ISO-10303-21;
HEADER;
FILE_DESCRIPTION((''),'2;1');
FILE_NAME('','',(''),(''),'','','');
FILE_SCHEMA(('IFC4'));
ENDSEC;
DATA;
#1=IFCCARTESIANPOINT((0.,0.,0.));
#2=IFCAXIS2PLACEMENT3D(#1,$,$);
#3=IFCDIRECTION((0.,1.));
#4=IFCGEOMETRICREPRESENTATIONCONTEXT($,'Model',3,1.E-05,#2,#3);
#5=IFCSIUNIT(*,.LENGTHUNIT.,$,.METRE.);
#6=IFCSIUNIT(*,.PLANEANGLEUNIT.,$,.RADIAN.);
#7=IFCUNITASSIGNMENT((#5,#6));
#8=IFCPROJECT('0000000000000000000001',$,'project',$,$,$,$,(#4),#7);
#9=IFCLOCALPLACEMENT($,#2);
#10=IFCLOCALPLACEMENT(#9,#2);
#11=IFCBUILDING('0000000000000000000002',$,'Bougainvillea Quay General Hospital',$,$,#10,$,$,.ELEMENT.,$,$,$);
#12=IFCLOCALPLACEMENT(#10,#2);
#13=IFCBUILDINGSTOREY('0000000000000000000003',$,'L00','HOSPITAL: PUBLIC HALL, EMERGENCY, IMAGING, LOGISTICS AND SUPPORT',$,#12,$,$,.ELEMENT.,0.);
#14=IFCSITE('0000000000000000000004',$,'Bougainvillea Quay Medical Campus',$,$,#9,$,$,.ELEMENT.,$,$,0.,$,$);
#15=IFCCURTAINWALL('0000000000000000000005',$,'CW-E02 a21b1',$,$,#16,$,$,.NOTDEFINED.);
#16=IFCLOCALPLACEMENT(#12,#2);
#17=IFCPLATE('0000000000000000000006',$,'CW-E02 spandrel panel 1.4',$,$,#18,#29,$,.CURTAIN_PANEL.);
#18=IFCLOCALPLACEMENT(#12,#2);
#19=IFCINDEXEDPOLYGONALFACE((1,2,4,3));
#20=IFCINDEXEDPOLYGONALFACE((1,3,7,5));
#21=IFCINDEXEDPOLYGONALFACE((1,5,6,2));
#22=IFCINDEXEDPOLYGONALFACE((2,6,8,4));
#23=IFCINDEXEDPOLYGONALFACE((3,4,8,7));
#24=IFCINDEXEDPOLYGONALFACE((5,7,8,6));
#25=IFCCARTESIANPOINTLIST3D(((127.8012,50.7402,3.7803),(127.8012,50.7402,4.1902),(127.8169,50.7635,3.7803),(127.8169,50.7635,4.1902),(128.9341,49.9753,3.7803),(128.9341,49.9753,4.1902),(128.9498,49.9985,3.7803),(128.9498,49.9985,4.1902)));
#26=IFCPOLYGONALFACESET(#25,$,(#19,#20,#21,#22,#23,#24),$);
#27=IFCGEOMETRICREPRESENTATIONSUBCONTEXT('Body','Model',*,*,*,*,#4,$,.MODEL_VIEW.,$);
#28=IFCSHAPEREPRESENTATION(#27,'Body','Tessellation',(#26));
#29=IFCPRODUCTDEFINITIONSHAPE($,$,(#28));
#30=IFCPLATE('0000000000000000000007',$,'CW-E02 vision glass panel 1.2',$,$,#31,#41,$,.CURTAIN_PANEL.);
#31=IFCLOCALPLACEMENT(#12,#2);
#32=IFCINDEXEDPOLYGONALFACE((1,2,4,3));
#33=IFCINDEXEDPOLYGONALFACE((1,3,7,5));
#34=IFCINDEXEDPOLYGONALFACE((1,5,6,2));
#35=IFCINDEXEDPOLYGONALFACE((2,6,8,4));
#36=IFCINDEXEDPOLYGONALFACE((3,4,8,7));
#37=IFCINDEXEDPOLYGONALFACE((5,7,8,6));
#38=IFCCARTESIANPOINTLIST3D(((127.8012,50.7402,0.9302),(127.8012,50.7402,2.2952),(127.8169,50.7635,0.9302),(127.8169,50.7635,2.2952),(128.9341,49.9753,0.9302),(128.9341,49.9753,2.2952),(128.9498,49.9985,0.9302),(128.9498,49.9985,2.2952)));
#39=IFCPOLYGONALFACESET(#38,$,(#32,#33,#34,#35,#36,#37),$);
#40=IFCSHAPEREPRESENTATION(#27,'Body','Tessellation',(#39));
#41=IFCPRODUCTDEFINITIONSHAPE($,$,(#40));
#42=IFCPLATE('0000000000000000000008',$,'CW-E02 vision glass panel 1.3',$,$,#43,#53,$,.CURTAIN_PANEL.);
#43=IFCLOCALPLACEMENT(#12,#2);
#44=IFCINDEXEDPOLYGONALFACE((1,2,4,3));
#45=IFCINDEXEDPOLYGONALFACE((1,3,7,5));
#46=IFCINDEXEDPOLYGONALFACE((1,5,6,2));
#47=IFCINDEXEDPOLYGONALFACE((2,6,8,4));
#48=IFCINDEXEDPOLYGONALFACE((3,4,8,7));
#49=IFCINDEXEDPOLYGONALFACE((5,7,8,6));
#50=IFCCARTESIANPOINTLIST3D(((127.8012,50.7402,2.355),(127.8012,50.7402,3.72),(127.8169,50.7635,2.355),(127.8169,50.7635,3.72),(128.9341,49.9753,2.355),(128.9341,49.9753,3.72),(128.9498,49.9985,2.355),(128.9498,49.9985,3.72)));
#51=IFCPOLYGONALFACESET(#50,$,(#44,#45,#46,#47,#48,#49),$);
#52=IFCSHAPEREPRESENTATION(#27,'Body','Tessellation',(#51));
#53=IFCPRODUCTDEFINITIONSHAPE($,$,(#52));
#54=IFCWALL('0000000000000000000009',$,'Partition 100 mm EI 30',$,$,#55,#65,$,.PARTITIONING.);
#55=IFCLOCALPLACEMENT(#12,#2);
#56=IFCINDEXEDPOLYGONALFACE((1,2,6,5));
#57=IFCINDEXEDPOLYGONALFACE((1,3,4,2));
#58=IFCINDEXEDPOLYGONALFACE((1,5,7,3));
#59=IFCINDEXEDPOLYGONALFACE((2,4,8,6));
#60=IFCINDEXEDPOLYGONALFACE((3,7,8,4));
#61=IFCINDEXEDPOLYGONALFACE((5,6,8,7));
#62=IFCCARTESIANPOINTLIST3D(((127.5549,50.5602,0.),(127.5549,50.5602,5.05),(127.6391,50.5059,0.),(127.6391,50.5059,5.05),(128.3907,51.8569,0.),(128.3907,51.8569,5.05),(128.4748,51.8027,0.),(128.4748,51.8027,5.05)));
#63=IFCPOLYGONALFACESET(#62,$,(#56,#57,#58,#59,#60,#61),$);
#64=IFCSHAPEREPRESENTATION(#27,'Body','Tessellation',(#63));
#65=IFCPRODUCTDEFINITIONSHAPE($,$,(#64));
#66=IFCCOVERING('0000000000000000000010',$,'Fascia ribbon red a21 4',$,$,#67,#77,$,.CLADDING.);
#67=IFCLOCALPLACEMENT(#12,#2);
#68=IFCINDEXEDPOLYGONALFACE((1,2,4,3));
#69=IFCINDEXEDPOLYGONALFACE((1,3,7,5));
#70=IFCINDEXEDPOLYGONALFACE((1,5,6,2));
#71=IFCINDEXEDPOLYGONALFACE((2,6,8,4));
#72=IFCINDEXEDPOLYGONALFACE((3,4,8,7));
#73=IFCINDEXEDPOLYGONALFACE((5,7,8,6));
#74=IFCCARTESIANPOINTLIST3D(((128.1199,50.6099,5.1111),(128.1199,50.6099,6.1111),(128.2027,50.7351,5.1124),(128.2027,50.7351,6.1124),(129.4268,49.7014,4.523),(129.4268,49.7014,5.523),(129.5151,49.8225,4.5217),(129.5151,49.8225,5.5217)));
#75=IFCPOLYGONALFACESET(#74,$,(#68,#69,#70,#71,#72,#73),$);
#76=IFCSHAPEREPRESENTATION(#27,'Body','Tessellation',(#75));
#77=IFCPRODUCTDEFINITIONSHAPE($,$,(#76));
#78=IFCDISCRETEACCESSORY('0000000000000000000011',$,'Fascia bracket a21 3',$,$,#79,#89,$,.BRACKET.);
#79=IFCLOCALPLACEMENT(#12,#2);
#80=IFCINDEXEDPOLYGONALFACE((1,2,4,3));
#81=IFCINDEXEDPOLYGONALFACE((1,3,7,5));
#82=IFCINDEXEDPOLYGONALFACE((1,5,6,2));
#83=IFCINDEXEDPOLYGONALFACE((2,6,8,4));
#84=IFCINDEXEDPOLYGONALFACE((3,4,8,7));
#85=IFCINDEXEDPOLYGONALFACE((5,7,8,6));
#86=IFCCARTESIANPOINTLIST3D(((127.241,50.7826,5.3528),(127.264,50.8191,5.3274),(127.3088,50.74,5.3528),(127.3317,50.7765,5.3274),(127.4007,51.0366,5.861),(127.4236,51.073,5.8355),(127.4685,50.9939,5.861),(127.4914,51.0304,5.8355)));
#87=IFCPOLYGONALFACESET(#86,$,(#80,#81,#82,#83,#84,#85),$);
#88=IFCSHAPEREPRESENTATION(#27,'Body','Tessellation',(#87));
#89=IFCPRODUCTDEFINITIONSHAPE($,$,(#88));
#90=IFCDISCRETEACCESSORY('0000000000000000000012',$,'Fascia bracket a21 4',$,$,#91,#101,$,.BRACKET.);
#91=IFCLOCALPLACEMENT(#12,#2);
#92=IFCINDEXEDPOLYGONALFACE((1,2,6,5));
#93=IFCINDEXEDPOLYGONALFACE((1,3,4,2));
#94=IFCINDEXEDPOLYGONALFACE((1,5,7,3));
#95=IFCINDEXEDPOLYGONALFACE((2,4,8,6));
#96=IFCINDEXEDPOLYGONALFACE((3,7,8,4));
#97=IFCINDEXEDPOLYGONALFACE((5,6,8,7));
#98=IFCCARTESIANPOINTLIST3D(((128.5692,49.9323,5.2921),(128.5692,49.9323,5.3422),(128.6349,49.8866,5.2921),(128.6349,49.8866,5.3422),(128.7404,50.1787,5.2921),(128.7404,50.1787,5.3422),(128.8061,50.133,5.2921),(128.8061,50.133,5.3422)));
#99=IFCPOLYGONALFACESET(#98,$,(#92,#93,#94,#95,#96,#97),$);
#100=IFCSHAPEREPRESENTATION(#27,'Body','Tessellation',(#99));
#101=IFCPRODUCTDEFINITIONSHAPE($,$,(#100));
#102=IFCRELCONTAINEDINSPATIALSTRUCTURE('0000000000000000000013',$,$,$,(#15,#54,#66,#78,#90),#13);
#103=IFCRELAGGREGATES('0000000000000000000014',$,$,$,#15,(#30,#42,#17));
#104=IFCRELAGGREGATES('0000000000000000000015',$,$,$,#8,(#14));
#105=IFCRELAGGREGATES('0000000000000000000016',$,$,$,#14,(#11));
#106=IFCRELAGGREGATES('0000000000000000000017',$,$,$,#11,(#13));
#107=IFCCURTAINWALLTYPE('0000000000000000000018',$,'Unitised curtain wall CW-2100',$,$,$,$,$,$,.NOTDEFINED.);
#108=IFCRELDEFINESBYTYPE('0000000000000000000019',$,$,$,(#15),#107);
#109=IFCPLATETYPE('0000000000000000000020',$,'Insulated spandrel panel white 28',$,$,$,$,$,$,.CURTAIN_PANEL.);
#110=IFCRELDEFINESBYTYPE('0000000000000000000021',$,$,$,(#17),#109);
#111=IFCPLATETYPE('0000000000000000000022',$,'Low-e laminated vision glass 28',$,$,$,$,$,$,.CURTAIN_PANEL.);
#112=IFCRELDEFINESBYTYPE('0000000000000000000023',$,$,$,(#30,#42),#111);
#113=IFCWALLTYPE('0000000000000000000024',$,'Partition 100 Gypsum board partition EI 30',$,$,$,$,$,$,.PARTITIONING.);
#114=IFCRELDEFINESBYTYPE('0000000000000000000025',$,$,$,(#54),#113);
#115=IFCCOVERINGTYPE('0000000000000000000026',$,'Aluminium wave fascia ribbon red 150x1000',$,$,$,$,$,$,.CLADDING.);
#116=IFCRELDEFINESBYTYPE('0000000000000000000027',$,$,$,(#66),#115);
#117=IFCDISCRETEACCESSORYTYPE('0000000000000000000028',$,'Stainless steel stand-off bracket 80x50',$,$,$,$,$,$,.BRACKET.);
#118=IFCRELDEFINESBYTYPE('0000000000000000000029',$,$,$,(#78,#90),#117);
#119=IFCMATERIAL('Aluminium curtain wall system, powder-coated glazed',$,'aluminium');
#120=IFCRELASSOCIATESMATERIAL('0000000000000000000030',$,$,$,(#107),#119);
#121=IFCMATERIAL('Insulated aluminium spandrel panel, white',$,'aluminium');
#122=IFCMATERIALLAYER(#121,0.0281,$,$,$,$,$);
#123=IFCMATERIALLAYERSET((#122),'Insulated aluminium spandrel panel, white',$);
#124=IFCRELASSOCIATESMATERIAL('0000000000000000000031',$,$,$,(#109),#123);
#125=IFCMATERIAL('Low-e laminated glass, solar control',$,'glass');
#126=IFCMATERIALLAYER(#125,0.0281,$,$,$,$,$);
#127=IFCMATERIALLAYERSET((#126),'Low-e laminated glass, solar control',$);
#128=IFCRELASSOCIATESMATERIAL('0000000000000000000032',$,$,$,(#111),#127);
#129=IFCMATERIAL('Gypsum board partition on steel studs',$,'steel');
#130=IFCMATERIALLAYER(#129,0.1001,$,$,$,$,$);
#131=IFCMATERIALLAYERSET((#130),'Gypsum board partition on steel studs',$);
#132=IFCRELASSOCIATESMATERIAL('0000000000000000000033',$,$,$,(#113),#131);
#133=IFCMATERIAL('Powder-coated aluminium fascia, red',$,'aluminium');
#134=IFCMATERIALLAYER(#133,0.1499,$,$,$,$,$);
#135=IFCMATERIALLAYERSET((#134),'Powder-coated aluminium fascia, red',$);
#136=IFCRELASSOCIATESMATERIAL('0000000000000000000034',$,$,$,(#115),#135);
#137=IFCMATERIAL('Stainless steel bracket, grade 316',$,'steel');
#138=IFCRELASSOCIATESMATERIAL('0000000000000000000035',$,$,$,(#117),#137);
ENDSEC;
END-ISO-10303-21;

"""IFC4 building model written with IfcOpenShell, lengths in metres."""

from ifc_helpers import new_model, si_unit, direction, frame, frame_2d, origin, origin_2d, place, context, subcontext, project, spatial, polyline, rectangle, outline, extrude, material, layer, layer_set, material_profile, profile_set, type_object, element, aggregate, save


model = new_model("IFC4")

# Units and contexts
model_context = context("Model", 3, precision=1e-05, world=origin(), true_north=direction((0.0, 1.0)))
body_context = subcontext(model_context, "Body", "Model", "MODEL_VIEW")
ifc_project = project(units=[si_unit("LENGTHUNIT", "METRE"), si_unit("PLANEANGLEUNIT", "RADIAN")], contexts=[model_context])

# Site, building, storey
site_placement = place(None, origin())
site = spatial("IfcSite", under=ifc_project, at=site_placement, Name="Bougainvillea Quay Medical Campus", CompositionType="ELEMENT", RefElevation=0.0)
building_placement = place(site_placement, origin())
building = spatial("IfcBuilding", under=site, at=building_placement, Name="Bougainvillea Quay General Hospital", CompositionType="ELEMENT")
storey_placement = place(building_placement, origin())
storey = spatial("IfcBuildingStorey", under=building, at=storey_placement, Name="L00", Description="HOSPITAL: PUBLIC HALL, EMERGENCY, IMAGING, LOGISTICS AND SUPPORT", CompositionType="ELEMENT", Elevation=0.0)

# Shared definitions
ifc_material_1 = material(Name="Aluminium curtain wall system, powder-coated glazed", Category="aluminium")
curtain_wall_type = type_object("IfcCurtainWallType", Name="Unitised curtain wall CW-2100", PredefinedType="NOTDEFINED", material=ifc_material_1)

# Curtain wall, plates
curtain_wall_1_placement = place(storey_placement, origin())
curtain_wall_1 = element("IfcCurtainWall", 1, at=curtain_wall_1_placement, inside=storey, type_object=curtain_wall_type, Name="CW-E02 a21b1", PredefinedType="NOTDEFINED")
ifc_material_2 = material(Name="Insulated aluminium spandrel panel, white", Category="aluminium")
ifc_layer_1 = layer(ifc_material_2, 0.0281)
ifc_layer_set_1 = layer_set([ifc_layer_1], Name="Insulated aluminium spandrel panel, white")
plate_type_1 = type_object("IfcPlateType", Name="Insulated spandrel panel white 28", PredefinedType="CURTAIN_PANEL", material=ifc_layer_set_1)
plate_1_placement = place(storey_placement, frame((128.3755, 50.3694, 3.7803), z_axis=(0.0, 0.0, 1.0), x_axis=(0.828738, -0.559637, 0.0)))
plate_1 = element("IfcPlate", 2, at=plate_1_placement, type_object=plate_type_1, Name="CW-E02 spandrel panel 1.4", PredefinedType="CURTAIN_PANEL", context=body_context, shape_type="SweptSolid", body=[
    extrude(rectangle(XDim=1.3669, YDim=0.0281, at=origin_2d()), origin(), (0.0, 0.0, 1.0), 0.4099),
])
ifc_material_3 = material(Name="Low-e laminated glass, solar control", Category="glass")
ifc_layer_2 = layer(ifc_material_3, 0.0281)
ifc_layer_set_2 = layer_set([ifc_layer_2], Name="Low-e laminated glass, solar control")
plate_type_2 = type_object("IfcPlateType", Name="Low-e laminated vision glass 28", PredefinedType="CURTAIN_PANEL", material=ifc_layer_set_2)
plate_2_placement = place(storey_placement, frame((128.3755, 50.3694, 0.9302), z_axis=(0.0, 0.0, 1.0), x_axis=(0.828738, -0.559637, 0.0)))
plate_2 = element("IfcPlate", 3, at=plate_2_placement, type_object=plate_type_2, Name="CW-E02 vision glass panel 1.2", PredefinedType="CURTAIN_PANEL", context=body_context, shape_type="SweptSolid", body=[
    extrude(rectangle(XDim=1.3669, YDim=0.0281, at=origin_2d()), origin(), (0.0, 0.0, 1.0), 1.365),
])
plate_3_placement = place(storey_placement, frame((128.3755, 50.3694, 2.355), z_axis=(0.0, 0.0, 1.0), x_axis=(0.828738, -0.559637, 0.0)))
plate_3 = element("IfcPlate", 4, at=plate_3_placement, type_object=plate_type_2, Name="CW-E02 vision glass panel 1.3", PredefinedType="CURTAIN_PANEL", context=body_context, shape_type="SweptSolid", body=[
    extrude(rectangle(XDim=1.3669, YDim=0.0281, at=origin_2d()), origin(), (0.0, 0.0, 1.0), 1.365),
])
aggregate(curtain_wall_1, [plate_2, plate_3, plate_1])

# Wall
ifc_material_4 = material(Name="Gypsum board partition on steel studs", Category="steel")
ifc_layer_3 = layer(ifc_material_4, 0.1001)
ifc_layer_set_3 = layer_set([ifc_layer_3], Name="Gypsum board partition on steel studs")
wall_type = type_object("IfcWallType", Name="Partition 100 Gypsum board partition EI 30", PredefinedType="PARTITIONING", material=ifc_layer_set_3)
wall_placement = place(storey_placement, frame((127.5969, 50.533, 0.0), z_axis=(0.0, 0.0, 1.0), x_axis=(0.541741, 0.840545, 0.0)))
element("IfcWall", 5, at=wall_placement, inside=storey, type_object=wall_type, Name="Partition 100 mm EI 30", PredefinedType="PARTITIONING", context=body_context, shape_type="SweptSolid", body=[
    extrude(rectangle(XDim=1.5427, YDim=0.1001, at=frame_2d((0.7715, 0.0))), origin(), (0.0, 0.0, 1.0), 5.05),
])

# Covering
ifc_material_5 = material(Name="Powder-coated aluminium fascia, red", Category="aluminium")
ifc_layer_4 = layer(ifc_material_5, 0.1499)
ifc_layer_set_4 = layer_set([ifc_layer_4], Name="Powder-coated aluminium fascia, red")
covering_type = type_object("IfcCoveringType", Name="Aluminium wave fascia ribbon red 150x1000", PredefinedType="CLADDING", material=ifc_layer_set_4)
covering_placement = place(storey_placement, frame((128.1199, 50.6099, 5.1111), z_axis=(0.284629, -0.197745, 0.938021), x_axis=(0.770217, -0.535396, -0.346579)))
element("IfcCovering", 6, at=covering_placement, inside=storey, type_object=covering_type, Name="Fascia ribbon red a21 4", PredefinedType="CLADDING", context=body_context, shape_type="SweptSolid", body=[
    extrude(outline(polyline([(0.0, 0.0), (1.6968, 0.0), (1.7005, 0.1499), (-0.0037, 0.1501), (0.0, 0.0)])), origin(), (-0.346579, -0.000083, 0.938021), 1.0),
])

# Discrete accessories
ifc_material_6 = material(Name="Stainless steel bracket, grade 316", Category="steel")
ifc_material_profile_1 = material_profile(ifc_material_6, rectangle(XDim=0.0801, YDim=0.05, at=origin_2d()))
ifc_profile_set_1 = profile_set([ifc_material_profile_1], Name="Stainless steel bracket, grade 316")
discrete_accessory_type = type_object("IfcDiscreteAccessoryType", Name="Stainless steel stand-off bracket 80x50", PredefinedType="BRACKET", material=ifc_profile_set_1)
discrete_accessory_1_placement = place(storey_placement, frame((127.2864, 50.7795, 5.3401), z_axis=(0.27063, 0.43036, 0.861133), x_axis=(-0.846532, 0.532338, 0.0)))
element("IfcDiscreteAccessory", 7, at=discrete_accessory_1_placement, inside=storey, type_object=discrete_accessory_type, Name="Fascia bracket a21 3", PredefinedType="BRACKET", context=body_context, shape_type="SweptSolid", body=[
    extrude(rectangle(XDim=0.0801, YDim=0.05, at=origin_2d()), origin(), (0.0, 0.0, 1.0), 0.5901),
])
discrete_accessory_2_placement = place(storey_placement, frame((128.6021, 49.9094, 5.3171), z_axis=(0.570564, 0.821253, 0.0), x_axis=(-0.821253, 0.570564, 0.0)))
element("IfcDiscreteAccessory", 8, at=discrete_accessory_2_placement, inside=storey, type_object=discrete_accessory_type, Name="Fascia bracket a21 4", PredefinedType="BRACKET", context=body_context, shape_type="SweptSolid", body=[
    extrude(rectangle(XDim=0.0801, YDim=0.05, at=origin_2d()), origin(), (0.0, 0.0, 1.0), 0.3),
])

save(model, "model.ifc")
